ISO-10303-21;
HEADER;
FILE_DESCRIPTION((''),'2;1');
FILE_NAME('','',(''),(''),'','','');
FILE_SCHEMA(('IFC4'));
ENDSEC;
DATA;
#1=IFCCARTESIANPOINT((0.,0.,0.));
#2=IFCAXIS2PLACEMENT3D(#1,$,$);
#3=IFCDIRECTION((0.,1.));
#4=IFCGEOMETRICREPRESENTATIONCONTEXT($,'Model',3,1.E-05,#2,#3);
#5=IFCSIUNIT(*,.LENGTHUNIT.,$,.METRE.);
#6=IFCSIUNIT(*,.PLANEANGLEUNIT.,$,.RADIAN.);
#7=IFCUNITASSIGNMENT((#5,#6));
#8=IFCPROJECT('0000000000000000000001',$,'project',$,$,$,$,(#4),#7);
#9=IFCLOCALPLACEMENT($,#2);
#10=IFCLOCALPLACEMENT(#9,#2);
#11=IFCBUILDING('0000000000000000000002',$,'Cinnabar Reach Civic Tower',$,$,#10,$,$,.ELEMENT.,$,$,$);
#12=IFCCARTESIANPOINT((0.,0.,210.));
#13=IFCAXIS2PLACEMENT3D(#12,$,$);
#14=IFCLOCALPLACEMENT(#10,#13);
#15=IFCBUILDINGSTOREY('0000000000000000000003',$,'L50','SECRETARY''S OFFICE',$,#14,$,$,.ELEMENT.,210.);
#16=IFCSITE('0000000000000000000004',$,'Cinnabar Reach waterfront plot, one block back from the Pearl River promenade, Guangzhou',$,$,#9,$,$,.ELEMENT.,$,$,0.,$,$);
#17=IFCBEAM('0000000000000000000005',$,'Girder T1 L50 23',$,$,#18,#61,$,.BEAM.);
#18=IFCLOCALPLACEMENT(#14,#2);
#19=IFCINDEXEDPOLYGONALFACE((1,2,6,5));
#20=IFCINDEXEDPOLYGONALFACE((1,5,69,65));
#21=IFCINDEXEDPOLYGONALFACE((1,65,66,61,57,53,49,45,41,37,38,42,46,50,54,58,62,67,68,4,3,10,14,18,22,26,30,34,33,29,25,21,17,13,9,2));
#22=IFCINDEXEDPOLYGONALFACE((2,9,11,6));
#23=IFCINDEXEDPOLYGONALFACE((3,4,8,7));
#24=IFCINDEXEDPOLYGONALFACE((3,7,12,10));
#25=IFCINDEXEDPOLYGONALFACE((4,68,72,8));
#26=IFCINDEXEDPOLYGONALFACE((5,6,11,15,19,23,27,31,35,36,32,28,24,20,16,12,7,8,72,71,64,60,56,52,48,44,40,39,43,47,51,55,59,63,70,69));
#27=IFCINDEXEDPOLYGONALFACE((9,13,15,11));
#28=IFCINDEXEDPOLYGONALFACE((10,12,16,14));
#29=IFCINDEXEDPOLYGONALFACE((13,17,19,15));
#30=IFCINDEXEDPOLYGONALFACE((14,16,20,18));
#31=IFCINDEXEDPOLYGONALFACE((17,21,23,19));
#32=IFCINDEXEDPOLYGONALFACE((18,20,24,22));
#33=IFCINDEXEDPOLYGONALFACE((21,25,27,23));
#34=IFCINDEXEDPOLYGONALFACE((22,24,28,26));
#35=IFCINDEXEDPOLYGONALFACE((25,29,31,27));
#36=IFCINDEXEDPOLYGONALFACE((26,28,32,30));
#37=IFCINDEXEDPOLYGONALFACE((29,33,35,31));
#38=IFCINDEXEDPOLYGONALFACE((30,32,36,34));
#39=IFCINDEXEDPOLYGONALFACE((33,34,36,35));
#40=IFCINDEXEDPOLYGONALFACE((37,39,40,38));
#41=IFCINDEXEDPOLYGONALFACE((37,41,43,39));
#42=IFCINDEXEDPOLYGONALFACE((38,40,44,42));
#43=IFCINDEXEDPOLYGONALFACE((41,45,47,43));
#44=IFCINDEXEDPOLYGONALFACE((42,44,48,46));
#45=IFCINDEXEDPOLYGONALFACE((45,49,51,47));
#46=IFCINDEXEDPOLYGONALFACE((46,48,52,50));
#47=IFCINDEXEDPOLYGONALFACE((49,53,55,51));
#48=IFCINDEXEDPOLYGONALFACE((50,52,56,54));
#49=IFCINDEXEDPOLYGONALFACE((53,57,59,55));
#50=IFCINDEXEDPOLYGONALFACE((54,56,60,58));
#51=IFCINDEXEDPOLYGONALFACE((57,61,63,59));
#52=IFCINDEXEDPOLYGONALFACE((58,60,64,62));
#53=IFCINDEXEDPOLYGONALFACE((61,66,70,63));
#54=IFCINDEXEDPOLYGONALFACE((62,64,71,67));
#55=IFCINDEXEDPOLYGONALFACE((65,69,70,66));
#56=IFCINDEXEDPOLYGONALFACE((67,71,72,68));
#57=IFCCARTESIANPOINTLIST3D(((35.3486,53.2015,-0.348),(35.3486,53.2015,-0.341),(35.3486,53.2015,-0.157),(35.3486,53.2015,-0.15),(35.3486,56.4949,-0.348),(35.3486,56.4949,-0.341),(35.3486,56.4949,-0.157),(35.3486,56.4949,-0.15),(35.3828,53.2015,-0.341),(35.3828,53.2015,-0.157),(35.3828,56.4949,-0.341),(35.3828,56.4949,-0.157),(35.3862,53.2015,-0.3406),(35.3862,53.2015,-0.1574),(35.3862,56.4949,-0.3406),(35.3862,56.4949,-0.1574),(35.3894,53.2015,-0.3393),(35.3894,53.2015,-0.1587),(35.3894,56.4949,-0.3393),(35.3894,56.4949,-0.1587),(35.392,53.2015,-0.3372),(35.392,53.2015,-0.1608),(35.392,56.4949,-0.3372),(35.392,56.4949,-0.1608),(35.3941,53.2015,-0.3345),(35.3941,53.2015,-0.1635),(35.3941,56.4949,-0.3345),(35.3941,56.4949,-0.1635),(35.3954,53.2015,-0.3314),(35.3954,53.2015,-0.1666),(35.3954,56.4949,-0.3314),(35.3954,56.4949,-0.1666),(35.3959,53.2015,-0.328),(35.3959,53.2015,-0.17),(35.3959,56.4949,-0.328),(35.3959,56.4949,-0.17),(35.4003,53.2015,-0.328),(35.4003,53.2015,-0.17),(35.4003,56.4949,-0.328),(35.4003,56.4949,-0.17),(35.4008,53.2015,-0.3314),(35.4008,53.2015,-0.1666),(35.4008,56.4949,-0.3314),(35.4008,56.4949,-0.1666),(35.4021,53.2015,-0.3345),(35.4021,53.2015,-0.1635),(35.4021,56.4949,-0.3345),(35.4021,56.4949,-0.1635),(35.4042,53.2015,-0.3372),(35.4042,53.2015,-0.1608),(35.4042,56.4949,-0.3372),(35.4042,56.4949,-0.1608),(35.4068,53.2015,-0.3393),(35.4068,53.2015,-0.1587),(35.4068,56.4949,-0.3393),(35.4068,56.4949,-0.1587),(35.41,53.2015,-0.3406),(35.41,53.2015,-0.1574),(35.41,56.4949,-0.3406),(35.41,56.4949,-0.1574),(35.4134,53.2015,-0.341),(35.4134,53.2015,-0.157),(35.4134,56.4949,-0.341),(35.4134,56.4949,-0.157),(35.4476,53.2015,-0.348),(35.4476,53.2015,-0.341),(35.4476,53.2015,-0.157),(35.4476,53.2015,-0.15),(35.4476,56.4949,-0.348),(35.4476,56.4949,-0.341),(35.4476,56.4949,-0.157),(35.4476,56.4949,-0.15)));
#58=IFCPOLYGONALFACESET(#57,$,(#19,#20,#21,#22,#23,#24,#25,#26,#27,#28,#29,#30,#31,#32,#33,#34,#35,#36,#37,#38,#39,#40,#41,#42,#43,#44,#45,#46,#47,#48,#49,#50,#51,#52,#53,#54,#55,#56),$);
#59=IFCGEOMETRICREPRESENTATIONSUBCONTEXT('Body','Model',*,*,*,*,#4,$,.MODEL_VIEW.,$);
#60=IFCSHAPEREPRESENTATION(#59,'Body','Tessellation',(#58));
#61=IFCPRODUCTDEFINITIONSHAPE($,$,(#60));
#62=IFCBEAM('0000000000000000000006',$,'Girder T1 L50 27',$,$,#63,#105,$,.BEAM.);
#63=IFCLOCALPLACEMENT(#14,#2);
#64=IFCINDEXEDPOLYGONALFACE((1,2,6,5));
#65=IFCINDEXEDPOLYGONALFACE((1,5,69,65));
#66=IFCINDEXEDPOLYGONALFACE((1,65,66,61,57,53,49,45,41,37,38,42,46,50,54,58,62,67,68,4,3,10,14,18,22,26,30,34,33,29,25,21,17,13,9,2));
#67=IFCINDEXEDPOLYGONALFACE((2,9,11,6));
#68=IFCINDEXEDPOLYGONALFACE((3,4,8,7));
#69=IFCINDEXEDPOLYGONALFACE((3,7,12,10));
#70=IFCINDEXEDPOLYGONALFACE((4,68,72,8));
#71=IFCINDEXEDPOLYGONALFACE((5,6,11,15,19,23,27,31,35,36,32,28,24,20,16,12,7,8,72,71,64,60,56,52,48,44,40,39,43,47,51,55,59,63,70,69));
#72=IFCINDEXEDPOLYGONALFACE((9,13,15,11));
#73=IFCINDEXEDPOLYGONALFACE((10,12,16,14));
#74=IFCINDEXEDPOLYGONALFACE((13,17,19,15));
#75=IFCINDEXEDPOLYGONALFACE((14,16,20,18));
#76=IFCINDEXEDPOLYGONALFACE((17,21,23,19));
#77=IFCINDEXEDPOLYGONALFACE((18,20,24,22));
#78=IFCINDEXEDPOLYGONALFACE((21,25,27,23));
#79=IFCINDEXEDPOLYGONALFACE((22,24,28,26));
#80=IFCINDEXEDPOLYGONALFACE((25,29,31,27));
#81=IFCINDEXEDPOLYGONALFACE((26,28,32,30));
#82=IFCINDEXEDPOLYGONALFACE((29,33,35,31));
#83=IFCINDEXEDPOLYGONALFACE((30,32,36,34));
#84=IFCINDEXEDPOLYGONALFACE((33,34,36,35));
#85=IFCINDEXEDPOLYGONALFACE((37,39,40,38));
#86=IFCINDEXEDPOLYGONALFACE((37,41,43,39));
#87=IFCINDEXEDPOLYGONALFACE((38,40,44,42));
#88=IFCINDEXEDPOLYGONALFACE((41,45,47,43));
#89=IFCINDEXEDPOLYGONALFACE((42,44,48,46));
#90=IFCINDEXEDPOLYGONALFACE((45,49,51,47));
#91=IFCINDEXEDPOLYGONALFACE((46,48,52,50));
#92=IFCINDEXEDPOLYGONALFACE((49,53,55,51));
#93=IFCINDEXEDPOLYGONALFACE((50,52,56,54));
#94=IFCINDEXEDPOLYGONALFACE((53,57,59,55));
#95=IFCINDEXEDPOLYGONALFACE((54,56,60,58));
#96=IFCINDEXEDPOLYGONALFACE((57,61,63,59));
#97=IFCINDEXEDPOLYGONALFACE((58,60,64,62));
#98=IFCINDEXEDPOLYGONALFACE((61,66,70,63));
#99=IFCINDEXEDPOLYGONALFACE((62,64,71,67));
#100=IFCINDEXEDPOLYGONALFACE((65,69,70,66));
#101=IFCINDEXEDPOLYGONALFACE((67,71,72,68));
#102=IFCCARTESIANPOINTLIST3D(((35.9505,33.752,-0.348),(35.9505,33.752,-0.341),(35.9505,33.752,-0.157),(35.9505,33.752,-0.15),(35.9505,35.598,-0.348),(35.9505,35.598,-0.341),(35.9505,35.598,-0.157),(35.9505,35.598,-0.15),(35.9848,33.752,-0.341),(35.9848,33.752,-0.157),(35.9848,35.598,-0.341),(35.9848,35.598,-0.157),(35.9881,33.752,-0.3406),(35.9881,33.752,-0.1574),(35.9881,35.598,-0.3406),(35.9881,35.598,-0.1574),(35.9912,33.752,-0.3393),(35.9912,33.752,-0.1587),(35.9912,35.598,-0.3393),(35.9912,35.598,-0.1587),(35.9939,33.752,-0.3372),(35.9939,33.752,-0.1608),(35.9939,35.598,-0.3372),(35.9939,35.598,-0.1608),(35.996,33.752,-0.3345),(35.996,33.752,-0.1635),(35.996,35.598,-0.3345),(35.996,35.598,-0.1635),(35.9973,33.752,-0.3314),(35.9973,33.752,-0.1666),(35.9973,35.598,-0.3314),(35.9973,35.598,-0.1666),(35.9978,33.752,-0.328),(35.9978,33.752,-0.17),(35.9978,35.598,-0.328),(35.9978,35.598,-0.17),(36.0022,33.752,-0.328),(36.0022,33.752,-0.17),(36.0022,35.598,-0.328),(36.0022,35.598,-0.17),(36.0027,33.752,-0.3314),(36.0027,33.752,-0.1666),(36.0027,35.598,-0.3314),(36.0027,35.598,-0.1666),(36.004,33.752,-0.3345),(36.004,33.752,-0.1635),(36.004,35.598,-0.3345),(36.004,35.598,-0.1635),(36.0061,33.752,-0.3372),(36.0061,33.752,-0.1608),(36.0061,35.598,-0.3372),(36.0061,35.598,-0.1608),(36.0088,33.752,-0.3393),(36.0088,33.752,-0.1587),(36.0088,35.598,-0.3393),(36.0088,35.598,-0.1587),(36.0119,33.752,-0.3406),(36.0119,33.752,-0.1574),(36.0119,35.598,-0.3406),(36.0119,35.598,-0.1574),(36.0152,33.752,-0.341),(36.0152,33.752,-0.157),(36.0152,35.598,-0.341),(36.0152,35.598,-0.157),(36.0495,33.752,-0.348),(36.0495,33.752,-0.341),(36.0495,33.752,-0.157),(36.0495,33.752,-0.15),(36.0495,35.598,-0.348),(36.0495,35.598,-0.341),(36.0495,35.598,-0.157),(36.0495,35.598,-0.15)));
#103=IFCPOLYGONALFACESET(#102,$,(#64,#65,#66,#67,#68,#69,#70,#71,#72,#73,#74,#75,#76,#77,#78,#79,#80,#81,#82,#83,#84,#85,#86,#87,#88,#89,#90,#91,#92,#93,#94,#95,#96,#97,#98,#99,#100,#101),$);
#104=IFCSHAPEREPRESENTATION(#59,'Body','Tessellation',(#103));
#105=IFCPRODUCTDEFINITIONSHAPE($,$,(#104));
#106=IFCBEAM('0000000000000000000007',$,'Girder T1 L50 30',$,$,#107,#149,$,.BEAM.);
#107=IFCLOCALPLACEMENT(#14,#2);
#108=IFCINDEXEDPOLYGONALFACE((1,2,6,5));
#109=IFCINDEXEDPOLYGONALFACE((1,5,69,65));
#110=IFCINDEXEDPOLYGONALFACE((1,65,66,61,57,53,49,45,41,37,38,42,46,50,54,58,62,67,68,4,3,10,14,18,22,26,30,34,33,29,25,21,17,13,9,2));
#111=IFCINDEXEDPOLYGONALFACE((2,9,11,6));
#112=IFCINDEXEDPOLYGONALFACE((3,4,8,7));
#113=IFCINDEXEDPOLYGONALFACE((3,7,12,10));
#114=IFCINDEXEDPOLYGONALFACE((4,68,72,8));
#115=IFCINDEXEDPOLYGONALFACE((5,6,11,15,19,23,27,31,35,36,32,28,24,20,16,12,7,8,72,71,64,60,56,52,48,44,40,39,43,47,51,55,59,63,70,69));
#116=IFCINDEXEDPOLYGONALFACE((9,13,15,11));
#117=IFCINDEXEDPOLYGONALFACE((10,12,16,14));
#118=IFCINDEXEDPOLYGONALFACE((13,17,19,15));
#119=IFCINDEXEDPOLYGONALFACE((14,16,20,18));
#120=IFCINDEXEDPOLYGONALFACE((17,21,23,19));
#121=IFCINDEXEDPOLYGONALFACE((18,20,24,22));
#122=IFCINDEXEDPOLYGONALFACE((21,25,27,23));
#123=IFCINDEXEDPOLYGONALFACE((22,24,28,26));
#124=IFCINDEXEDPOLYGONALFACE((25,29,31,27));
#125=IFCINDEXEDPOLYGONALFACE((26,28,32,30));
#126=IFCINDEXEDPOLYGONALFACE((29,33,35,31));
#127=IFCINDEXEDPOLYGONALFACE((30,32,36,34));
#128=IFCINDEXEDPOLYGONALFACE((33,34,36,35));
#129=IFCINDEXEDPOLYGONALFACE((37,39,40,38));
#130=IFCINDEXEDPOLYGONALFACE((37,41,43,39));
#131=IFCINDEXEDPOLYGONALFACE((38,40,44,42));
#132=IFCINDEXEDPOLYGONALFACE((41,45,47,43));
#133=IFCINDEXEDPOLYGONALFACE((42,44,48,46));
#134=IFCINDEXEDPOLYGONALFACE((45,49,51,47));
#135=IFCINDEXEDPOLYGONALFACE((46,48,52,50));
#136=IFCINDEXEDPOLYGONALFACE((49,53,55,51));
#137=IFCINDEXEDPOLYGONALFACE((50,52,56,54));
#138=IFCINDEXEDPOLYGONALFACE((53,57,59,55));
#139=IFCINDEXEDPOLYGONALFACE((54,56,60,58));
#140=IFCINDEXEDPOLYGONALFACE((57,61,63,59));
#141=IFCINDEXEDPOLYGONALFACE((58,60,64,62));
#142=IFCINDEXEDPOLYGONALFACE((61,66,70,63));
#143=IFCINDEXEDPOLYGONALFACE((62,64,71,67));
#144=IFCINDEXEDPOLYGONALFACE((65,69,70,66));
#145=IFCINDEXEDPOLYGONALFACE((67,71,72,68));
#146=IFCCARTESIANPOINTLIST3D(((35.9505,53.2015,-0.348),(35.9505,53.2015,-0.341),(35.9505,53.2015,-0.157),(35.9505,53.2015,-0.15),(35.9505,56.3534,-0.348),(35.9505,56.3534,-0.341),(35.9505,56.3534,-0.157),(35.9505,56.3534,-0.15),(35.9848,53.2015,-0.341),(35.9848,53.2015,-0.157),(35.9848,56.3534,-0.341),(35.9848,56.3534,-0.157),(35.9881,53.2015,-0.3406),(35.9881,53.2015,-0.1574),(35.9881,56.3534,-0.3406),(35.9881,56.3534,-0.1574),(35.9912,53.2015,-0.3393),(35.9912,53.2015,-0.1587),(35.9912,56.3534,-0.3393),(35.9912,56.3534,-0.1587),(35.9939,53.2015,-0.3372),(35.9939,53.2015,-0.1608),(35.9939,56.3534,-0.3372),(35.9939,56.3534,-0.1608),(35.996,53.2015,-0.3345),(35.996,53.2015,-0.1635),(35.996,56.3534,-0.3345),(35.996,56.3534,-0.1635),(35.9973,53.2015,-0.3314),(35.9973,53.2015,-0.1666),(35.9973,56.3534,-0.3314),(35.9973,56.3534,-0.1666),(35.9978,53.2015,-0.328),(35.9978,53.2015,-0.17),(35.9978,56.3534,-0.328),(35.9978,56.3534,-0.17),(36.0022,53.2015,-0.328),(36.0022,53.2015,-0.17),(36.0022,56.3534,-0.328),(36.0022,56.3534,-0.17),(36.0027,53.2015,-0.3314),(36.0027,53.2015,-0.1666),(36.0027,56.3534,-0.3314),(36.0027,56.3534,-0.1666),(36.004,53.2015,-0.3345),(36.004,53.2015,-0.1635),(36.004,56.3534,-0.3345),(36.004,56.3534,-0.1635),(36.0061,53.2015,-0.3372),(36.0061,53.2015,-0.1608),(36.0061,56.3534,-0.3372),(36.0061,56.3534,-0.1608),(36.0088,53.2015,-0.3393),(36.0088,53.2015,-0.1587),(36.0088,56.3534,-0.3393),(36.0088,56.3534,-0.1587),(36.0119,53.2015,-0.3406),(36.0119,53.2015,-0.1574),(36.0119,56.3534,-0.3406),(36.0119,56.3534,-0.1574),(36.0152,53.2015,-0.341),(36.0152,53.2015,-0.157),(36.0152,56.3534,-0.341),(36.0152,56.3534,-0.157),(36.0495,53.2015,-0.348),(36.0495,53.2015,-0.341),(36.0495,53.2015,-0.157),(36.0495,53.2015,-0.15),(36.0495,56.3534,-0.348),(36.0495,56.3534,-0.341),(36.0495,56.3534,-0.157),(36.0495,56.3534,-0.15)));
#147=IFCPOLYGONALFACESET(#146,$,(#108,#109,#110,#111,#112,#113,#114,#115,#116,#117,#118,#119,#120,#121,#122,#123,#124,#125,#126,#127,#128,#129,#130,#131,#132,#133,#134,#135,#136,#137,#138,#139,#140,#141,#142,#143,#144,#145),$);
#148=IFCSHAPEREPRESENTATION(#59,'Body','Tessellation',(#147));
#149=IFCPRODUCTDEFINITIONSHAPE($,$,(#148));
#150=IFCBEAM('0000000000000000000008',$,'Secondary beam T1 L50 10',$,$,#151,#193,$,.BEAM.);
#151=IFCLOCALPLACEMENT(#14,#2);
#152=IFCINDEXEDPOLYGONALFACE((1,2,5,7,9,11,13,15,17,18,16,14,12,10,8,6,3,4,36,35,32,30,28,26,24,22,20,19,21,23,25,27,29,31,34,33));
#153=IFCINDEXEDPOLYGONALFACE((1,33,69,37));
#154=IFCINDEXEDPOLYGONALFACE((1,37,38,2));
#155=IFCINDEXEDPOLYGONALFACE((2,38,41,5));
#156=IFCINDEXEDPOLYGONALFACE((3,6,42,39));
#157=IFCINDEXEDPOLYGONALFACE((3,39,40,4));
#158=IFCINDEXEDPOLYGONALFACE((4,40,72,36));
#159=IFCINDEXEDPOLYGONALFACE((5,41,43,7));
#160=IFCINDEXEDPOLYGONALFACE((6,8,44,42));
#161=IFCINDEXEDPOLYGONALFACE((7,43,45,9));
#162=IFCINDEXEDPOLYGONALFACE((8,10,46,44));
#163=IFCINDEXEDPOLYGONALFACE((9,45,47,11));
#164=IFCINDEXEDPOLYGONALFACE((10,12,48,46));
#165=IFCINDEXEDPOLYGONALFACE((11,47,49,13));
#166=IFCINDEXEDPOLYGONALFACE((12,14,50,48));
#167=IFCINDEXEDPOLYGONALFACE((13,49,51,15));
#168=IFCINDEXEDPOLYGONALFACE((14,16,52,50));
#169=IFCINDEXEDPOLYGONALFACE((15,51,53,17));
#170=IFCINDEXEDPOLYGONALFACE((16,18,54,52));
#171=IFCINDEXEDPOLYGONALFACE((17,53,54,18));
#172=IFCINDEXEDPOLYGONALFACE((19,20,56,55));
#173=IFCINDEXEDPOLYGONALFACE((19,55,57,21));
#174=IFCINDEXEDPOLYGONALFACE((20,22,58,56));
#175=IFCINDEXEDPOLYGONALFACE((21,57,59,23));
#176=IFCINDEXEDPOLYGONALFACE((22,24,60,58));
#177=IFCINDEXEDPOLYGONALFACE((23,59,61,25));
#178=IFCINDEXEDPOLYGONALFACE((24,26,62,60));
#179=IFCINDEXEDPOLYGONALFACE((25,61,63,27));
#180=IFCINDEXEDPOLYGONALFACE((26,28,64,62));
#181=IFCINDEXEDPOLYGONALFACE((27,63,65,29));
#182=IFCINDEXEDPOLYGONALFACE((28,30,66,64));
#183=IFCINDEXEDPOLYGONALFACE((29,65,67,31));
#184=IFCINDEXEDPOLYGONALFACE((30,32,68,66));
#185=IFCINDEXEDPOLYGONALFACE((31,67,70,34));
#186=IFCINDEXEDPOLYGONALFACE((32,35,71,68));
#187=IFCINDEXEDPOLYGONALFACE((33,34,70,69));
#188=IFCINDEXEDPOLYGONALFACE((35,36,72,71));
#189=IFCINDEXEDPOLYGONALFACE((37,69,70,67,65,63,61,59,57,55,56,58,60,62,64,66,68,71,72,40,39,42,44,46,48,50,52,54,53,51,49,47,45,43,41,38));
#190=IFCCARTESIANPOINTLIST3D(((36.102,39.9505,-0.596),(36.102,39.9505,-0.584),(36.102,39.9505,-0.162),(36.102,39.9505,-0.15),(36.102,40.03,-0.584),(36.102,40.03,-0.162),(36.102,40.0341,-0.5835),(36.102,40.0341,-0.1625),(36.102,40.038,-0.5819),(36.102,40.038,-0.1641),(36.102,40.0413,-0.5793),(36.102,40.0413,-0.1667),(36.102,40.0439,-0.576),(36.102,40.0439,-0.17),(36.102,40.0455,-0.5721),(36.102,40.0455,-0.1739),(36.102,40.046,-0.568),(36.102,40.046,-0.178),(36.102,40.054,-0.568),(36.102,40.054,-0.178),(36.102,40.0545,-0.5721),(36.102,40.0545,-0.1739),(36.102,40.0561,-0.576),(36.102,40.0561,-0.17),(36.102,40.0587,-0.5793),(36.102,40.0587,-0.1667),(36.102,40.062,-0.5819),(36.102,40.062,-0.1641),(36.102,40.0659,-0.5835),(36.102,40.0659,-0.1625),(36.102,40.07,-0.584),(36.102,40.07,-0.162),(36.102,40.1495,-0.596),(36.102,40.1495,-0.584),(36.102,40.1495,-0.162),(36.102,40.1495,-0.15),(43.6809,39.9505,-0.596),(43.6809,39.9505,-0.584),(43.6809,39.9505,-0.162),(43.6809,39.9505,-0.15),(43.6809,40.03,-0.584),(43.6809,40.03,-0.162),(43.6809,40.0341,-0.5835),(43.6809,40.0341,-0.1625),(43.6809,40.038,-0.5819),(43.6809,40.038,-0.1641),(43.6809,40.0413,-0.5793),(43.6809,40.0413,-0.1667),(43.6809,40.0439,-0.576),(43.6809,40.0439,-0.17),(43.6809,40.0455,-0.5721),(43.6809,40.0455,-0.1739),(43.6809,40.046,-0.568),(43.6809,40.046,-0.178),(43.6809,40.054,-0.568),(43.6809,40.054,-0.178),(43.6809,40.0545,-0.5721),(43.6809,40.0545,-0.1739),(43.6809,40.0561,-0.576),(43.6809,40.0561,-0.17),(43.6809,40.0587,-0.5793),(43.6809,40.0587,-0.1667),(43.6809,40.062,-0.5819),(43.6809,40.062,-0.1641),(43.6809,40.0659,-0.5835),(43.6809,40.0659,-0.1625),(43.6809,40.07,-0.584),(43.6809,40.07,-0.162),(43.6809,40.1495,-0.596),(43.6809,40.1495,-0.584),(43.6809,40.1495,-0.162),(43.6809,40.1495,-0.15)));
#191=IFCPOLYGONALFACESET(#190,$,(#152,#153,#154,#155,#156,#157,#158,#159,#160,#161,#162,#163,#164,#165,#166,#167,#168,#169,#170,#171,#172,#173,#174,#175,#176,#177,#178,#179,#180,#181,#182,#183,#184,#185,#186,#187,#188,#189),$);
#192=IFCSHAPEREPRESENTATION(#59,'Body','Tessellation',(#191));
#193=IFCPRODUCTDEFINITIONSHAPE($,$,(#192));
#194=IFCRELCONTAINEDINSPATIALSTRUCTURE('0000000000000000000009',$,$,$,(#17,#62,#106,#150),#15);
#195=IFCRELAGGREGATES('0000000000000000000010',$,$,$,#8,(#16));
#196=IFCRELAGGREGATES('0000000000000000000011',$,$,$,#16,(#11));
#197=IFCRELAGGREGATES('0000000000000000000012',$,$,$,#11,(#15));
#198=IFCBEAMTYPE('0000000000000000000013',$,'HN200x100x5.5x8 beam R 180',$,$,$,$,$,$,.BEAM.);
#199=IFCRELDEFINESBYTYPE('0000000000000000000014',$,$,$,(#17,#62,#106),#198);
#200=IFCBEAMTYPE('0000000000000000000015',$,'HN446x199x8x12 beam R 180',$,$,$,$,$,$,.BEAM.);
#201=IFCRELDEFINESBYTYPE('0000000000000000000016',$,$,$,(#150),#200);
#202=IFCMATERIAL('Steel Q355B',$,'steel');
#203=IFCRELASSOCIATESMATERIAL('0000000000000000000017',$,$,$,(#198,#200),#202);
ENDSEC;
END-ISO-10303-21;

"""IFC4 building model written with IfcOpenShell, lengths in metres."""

from ifc_helpers import new_model, si_unit, direction, frame, origin, origin_2d, place, context, subcontext, project, spatial, i_section, extrude, material, material_profile, profile_set, type_object, element, save


model = new_model("IFC4")

# Units and contexts
model_context = context("Model", 3, precision=1e-05, world=origin(), true_north=direction((0.0, 1.0)))
body_context = subcontext(model_context, "Body", "Model", "MODEL_VIEW")
ifc_project = project(units=[si_unit("LENGTHUNIT", "METRE"), si_unit("PLANEANGLEUNIT", "RADIAN")], contexts=[model_context])

# Site, building, storey
site_placement = place(None, origin())
site = spatial("IfcSite", under=ifc_project, at=site_placement, Name="Cinnabar Reach waterfront plot, one block back from the Pearl River promenade, Guangzhou", CompositionType="ELEMENT", RefElevation=0.0)
building_placement = place(site_placement, origin())
building = spatial("IfcBuilding", under=site, at=building_placement, Name="Cinnabar Reach Civic Tower", CompositionType="ELEMENT")
storey_placement = place(building_placement, frame((0.0, 0.0, 210.0)))
storey = spatial("IfcBuildingStorey", under=building, at=storey_placement, Name="L50", Description="SECRETARY'S OFFICE", CompositionType="ELEMENT", Elevation=210.0)

# Beams
ifc_material_1 = material(Name="Steel Q355B", Category="steel")
ifc_material_profile_1 = material_profile(ifc_material_1, i_section(OverallWidth=0.099, OverallDepth=0.198, WebThickness=0.0045, FlangeThickness=0.007, FilletRadius=0.013, at=origin_2d()), Name="HN200x100x5.5x8")
ifc_profile_set_1 = profile_set([ifc_material_profile_1], Name="Steel Q355B")
beam_type_1 = type_object("IfcBeamType", Name="HN200x100x5.5x8 beam R 180", PredefinedType="BEAM", material=ifc_profile_set_1)
beam_1_placement = place(storey_placement, frame((35.3981, 53.2015, -0.249), z_axis=(0.0, 1.0, 0.0), x_axis=(-1.0, 0.0, 0.0)))
element("IfcBeam", 1, at=beam_1_placement, inside=storey, type_object=beam_type_1, Name="Girder T1 L50 23", PredefinedType="BEAM", context=body_context, shape_type="SweptSolid", body=[
    extrude(i_section(OverallWidth=0.099, OverallDepth=0.198, WebThickness=0.0045, FlangeThickness=0.007, FilletRadius=0.013, at=origin_2d()), origin(), (0.0, 0.0, 1.0), 3.2934),
])
beam_2_placement = place(storey_placement, frame((36.0, 33.752, -0.249), z_axis=(0.0, 1.0, 0.0), x_axis=(-1.0, 0.0, 0.0)))
element("IfcBeam", 2, at=beam_2_placement, inside=storey, type_object=beam_type_1, Name="Girder T1 L50 27", PredefinedType="BEAM", context=body_context, shape_type="SweptSolid", body=[
    extrude(i_section(OverallWidth=0.099, OverallDepth=0.198, WebThickness=0.0045, FlangeThickness=0.007, FilletRadius=0.013, at=origin_2d()), origin(), (0.0, 0.0, 1.0), 1.846),
])
beam_3_placement = place(storey_placement, frame((36.0, 53.2015, -0.249), z_axis=(0.0, 1.0, 0.0), x_axis=(-1.0, 0.0, 0.0)))
element("IfcBeam", 3, at=beam_3_placement, inside=storey, type_object=beam_type_1, Name="Girder T1 L50 30", PredefinedType="BEAM", context=body_context, shape_type="SweptSolid", body=[
    extrude(i_section(OverallWidth=0.099, OverallDepth=0.198, WebThickness=0.0045, FlangeThickness=0.007, FilletRadius=0.013, at=origin_2d()), origin(), (0.0, 0.0, 1.0), 3.1519),
])
ifc_material_profile_2 = material_profile(ifc_material_1, i_section(OverallWidth=0.199, OverallDepth=0.446, WebThickness=0.008, FlangeThickness=0.012, FilletRadius=0.016, at=origin_2d()), Name="HN446x199x8x12")
ifc_profile_set_2 = profile_set([ifc_material_profile_2], Name="Steel Q355B")
beam_type_2 = type_object("IfcBeamType", Name="HN446x199x8x12 beam R 180", PredefinedType="BEAM", material=ifc_profile_set_2)
beam_4_placement = place(storey_placement, frame((36.102, 40.05, -0.373), z_axis=(1.0, 0.0, 0.0), x_axis=(0.0, 1.0, 0.0)))
element("IfcBeam", 4, at=beam_4_placement, inside=storey, type_object=beam_type_2, Name="Secondary beam T1 L50 10", PredefinedType="BEAM", context=body_context, shape_type="SweptSolid", body=[
    extrude(i_section(OverallWidth=0.199, OverallDepth=0.446, WebThickness=0.008, FlangeThickness=0.012, FilletRadius=0.016, at=origin_2d()), origin(), (0.0, 0.0, 1.0), 7.5789),
])

save(model, "model.ifc")
